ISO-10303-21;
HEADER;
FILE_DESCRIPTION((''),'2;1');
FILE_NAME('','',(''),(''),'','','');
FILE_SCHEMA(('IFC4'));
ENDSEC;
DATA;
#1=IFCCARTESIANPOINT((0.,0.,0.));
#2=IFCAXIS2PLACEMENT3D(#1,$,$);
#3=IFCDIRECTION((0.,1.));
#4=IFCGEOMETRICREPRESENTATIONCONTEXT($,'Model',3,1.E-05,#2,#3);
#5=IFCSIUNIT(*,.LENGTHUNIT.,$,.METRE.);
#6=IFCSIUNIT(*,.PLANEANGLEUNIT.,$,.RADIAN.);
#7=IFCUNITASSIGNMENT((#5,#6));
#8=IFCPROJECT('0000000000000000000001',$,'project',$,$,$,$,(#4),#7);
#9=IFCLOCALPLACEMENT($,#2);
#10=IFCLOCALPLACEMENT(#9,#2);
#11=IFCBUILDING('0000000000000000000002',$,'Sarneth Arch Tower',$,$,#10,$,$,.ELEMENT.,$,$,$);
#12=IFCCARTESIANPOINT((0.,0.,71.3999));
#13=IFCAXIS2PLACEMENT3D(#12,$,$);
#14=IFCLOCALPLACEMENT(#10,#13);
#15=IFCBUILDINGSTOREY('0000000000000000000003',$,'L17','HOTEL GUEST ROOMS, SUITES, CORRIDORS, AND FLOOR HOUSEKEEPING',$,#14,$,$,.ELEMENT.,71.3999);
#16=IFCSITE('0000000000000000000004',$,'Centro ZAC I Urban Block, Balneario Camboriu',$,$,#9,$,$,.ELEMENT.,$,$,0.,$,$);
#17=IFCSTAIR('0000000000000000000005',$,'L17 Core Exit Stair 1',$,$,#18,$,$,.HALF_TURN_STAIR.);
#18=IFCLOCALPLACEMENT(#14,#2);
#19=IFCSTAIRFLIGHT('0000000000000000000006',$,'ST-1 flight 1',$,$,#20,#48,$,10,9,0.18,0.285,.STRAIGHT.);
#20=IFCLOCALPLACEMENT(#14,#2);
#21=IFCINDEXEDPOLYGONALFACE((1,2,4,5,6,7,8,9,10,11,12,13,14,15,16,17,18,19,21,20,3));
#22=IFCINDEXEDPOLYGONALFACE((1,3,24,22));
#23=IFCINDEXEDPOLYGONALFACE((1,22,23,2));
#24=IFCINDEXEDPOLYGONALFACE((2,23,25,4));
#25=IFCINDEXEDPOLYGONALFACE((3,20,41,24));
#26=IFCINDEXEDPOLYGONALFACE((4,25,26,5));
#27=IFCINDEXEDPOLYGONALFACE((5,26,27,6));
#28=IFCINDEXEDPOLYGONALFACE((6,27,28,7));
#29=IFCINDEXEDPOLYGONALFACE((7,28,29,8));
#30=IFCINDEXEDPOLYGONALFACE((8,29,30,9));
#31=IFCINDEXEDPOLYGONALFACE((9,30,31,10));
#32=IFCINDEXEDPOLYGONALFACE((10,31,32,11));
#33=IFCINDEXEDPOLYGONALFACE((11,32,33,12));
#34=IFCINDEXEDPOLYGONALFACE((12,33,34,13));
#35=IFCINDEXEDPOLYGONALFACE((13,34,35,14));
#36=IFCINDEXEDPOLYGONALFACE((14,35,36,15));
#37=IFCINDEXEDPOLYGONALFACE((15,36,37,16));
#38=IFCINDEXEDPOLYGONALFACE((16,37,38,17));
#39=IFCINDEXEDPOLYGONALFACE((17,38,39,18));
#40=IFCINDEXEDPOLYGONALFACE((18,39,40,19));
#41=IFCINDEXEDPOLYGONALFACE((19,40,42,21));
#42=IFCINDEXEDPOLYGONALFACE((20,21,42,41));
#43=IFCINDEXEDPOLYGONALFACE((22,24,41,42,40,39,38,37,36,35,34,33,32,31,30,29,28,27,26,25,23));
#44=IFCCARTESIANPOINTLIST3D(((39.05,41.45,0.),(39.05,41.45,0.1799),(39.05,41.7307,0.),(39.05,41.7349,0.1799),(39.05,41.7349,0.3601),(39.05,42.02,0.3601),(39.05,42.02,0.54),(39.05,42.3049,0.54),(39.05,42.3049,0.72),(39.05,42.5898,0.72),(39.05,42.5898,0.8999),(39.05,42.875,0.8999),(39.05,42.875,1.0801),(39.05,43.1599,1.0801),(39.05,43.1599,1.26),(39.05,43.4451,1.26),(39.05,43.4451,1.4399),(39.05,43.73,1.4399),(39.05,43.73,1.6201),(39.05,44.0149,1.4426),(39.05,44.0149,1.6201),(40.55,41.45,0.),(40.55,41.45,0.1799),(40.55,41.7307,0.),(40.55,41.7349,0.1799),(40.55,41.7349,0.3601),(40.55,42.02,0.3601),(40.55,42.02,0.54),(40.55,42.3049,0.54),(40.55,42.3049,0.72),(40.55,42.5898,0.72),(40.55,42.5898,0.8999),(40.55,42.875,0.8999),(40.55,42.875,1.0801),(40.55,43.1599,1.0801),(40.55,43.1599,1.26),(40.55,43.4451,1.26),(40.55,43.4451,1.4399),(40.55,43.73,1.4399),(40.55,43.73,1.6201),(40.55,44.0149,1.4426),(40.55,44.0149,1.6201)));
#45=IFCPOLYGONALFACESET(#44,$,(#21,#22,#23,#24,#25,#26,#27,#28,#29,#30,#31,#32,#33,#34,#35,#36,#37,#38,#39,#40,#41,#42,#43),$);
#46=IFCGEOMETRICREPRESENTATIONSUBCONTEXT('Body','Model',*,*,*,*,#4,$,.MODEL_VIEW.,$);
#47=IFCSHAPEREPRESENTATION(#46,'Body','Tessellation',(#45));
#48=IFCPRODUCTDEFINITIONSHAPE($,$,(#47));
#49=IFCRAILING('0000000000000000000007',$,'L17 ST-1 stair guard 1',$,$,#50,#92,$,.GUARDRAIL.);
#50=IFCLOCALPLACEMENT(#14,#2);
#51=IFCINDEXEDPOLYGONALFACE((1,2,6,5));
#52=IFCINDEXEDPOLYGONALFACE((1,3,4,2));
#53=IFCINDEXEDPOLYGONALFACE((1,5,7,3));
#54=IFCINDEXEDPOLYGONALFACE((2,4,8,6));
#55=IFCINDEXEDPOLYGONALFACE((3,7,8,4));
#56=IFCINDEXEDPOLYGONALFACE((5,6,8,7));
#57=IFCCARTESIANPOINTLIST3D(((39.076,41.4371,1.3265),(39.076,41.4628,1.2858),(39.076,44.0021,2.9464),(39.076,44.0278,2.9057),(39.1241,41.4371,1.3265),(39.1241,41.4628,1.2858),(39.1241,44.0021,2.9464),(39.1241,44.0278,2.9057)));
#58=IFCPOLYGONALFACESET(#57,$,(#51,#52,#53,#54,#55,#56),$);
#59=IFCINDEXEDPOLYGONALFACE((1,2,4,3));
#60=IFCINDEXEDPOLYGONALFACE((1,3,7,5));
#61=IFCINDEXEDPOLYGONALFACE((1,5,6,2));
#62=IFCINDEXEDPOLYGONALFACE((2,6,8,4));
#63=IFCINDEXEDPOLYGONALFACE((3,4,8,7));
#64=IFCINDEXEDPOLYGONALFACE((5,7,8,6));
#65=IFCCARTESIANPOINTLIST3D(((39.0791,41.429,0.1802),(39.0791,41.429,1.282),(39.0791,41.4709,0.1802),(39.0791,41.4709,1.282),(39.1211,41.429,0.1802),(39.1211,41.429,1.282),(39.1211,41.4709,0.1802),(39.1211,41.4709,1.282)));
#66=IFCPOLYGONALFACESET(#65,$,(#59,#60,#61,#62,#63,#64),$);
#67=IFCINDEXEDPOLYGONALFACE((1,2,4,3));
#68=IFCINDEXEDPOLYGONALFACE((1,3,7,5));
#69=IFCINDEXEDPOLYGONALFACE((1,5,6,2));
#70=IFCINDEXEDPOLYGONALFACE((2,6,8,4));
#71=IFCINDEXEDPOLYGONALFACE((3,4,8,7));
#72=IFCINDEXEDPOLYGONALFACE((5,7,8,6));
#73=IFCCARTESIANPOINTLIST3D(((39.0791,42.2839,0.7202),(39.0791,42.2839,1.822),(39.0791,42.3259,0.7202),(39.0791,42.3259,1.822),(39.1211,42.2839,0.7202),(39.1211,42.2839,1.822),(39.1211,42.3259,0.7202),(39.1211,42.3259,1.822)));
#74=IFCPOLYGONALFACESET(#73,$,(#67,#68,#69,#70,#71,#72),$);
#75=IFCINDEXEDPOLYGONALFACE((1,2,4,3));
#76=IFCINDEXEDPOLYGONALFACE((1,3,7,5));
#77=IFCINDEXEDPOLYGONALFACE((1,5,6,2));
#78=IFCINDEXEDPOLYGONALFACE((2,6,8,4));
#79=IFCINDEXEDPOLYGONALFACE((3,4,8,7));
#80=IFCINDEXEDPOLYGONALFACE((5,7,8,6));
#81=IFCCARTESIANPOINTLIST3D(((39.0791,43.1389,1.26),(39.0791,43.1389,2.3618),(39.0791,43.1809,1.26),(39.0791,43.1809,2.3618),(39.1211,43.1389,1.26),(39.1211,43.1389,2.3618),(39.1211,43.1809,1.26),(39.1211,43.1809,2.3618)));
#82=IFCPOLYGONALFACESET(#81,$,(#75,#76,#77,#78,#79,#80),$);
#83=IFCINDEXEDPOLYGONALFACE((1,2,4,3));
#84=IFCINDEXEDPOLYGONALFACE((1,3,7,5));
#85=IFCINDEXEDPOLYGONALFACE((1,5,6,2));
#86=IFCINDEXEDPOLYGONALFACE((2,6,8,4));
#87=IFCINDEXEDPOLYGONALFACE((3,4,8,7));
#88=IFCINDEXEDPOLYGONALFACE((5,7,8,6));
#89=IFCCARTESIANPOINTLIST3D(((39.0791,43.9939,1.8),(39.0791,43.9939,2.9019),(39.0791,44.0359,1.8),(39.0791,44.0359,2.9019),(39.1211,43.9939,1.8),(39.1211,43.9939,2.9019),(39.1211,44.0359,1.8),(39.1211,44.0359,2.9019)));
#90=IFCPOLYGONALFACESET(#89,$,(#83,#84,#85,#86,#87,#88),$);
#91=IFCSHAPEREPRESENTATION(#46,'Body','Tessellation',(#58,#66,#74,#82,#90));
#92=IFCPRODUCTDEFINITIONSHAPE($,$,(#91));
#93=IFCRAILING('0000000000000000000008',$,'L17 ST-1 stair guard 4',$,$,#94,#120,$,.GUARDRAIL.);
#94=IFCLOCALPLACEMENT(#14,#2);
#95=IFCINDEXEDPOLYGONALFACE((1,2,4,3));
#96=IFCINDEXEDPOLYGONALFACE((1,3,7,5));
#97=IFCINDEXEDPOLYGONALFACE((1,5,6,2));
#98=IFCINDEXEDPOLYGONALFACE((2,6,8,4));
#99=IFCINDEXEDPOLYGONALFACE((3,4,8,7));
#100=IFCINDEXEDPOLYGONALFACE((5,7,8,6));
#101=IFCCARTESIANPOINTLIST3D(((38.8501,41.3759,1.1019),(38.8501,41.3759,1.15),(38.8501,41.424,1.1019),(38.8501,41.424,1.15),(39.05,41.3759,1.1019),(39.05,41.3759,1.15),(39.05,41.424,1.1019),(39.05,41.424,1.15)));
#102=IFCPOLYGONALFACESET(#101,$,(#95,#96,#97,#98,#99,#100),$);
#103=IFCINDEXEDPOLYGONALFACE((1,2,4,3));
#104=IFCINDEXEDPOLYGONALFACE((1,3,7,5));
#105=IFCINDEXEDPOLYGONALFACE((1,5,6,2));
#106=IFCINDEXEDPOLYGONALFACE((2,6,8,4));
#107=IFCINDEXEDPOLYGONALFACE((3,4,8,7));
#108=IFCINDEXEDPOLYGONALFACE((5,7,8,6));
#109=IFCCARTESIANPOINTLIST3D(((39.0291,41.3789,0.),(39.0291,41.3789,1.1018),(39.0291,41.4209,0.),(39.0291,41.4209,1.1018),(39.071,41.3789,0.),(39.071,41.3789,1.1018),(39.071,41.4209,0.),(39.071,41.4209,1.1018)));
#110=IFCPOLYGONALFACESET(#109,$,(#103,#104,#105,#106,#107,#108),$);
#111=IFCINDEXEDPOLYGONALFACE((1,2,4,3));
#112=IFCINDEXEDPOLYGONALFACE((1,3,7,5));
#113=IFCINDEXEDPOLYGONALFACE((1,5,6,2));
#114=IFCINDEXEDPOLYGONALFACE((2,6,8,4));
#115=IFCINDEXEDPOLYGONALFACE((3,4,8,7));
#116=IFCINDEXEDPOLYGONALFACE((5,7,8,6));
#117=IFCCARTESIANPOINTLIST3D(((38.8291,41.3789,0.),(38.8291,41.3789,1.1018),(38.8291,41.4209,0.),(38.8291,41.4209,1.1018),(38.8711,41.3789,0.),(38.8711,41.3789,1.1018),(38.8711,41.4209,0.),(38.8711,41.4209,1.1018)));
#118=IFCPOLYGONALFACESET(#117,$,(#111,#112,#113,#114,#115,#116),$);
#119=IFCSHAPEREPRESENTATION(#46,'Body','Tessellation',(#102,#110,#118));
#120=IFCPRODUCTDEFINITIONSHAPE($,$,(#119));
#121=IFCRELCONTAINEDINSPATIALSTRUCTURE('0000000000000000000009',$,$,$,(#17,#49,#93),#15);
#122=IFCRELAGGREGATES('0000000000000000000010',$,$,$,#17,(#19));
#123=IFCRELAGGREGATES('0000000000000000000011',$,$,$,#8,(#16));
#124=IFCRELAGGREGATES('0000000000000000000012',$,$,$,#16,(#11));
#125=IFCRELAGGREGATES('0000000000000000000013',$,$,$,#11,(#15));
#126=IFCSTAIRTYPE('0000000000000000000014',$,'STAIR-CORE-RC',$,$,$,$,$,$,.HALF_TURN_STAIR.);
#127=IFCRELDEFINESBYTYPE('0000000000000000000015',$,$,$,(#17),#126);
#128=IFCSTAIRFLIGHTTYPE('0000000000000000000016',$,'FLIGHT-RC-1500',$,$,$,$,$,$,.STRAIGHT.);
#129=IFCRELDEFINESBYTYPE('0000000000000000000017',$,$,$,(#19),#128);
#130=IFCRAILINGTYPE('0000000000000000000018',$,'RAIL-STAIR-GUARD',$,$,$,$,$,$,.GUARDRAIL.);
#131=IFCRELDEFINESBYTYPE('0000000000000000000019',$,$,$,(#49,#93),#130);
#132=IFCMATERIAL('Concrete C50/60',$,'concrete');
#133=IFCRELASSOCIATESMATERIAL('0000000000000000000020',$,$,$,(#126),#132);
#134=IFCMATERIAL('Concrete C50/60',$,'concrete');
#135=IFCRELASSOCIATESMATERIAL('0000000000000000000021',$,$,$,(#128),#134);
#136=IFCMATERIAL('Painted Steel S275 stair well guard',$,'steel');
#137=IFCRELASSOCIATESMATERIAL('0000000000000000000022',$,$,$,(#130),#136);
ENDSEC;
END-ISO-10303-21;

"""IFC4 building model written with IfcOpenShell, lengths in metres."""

from ifc_helpers import new_model, si_unit, direction, frame, origin, origin_2d, place, context, subcontext, project, spatial, polyline, rectangle, outline, extrude, material, type_object, element, aggregate, save


model = new_model("IFC4")

# Units and contexts
model_context = context("Model", 3, precision=1e-05, world=origin(), true_north=direction((0.0, 1.0)))
body_context = subcontext(model_context, "Body", "Model", "MODEL_VIEW")
ifc_project = project(units=[si_unit("LENGTHUNIT", "METRE"), si_unit("PLANEANGLEUNIT", "RADIAN")], contexts=[model_context])

# Site, building, storey
site_placement = place(None, origin())
site = spatial("IfcSite", under=ifc_project, at=site_placement, Name="Centro ZAC I Urban Block, Balneario Camboriu", CompositionType="ELEMENT", RefElevation=0.0)
building_placement = place(site_placement, origin())
building = spatial("IfcBuilding", under=site, at=building_placement, Name="Sarneth Arch Tower", CompositionType="ELEMENT")
storey_placement = place(building_placement, frame((0.0, 0.0, 71.3999)))
storey = spatial("IfcBuildingStorey", under=building, at=storey_placement, Name="L17", Description="HOTEL GUEST ROOMS, SUITES, CORRIDORS, AND FLOOR HOUSEKEEPING", CompositionType="ELEMENT", Elevation=71.3999)

# Stair, stair flight
ifc_material_1 = material(Name="Concrete C50/60", Category="concrete")
stair_type = type_object("IfcStairType", Name="STAIR-CORE-RC", PredefinedType="HALF_TURN_STAIR", material=ifc_material_1)
stair_placement = place(storey_placement, origin())
stair = element("IfcStair", 1, at=stair_placement, inside=storey, type_object=stair_type, Name="L17 Core Exit Stair 1", PredefinedType="HALF_TURN_STAIR")
ifc_material_2 = material(Name="Concrete C50/60", Category="concrete")
stair_flight_type = type_object("IfcStairFlightType", Name="FLIGHT-RC-1500", PredefinedType="STRAIGHT", material=ifc_material_2)
stair_flight_placement = place(storey_placement, frame((39.8, 41.45, 0.0), z_axis=(0.0, 0.0, 1.0), x_axis=(0.0, 1.0, 0.0)))
stair_flight = element("IfcStairFlight", 2, at=stair_flight_placement, type_object=stair_flight_type, Name="ST-1 flight 1", NumberOfRisers=10, NumberOfTreads=9, PredefinedType="STRAIGHT", RiserHeight=0.18, TreadLength=0.285, context=body_context, shape_type="SweptSolid", body=[
    extrude(outline(polyline([(0.0, 0.0), (0.0, 0.1799), (0.2849, 0.1799), (0.2849, 0.3601), (0.5701, 0.3601), (0.5701, 0.54), (0.855, 0.54), (0.855, 0.72), (1.1399, 0.72), (1.1399, 0.8999), (1.425, 0.8999), (1.425, 1.0801), (1.71, 1.0801), (1.71, 1.26), (1.9951, 1.26), (1.9951, 1.4399), (2.28, 1.4399), (2.28, 1.6201), (2.5649, 1.6201), (2.5649, 1.8), (2.5649, 1.4426), (0.2808, 0.0), (0.0, 0.0)])), frame((0.0, 0.75, 0.0), z_axis=(0.0, -1.0, 0.0), x_axis=(1.0, 0.0, 0.0)), (0.0, 0.0, 1.0), 1.5),
])
aggregate(stair, [stair_flight])

# Railings
ifc_material_3 = material(Name="Painted Steel S275 stair well guard", Category="steel")
railing_type = type_object("IfcRailingType", Name="RAIL-STAIR-GUARD", PredefinedType="GUARDRAIL", material=ifc_material_3)
railing_1_placement = place(storey_placement, frame((39.1001, 41.45, 0.1802)))
element("IfcRailing", 3, at=railing_1_placement, inside=storey, type_object=railing_type, Name="L17 ST-1 stair guard 1", PredefinedType="GUARDRAIL", context=body_context, shape_type="SweptSolid", body=[
    extrude(rectangle(XDim=0.0481, YDim=0.0481, at=origin_2d()), frame((0.0, 0.0, 1.126), z_axis=(0.0, 0.845502, 0.533972), x_axis=(-1.0, 0.0, 0.0)), (0.0, 0.0, 1.0), 3.0337),
    extrude(rectangle(XDim=0.042, YDim=0.042, at=origin_2d()), origin(), (0.0, 0.0, 1.0), 1.1018),
    extrude(rectangle(XDim=0.042, YDim=0.042, at=origin_2d()), frame((0.0, 0.855, 0.54)), (0.0, 0.0, 1.0), 1.1018),
    extrude(rectangle(XDim=0.042, YDim=0.042, at=origin_2d()), frame((0.0, 1.71, 1.0798)), (0.0, 0.0, 1.0), 1.1018),
    extrude(rectangle(XDim=0.042, YDim=0.042, at=origin_2d()), frame((0.0, 2.5649, 1.6199)), (0.0, 0.0, 1.0), 1.1018),
])
railing_2_placement = place(storey_placement, frame((39.05, 41.3999, 0.0)))
element("IfcRailing", 4, at=railing_2_placement, inside=storey, type_object=railing_type, Name="L17 ST-1 stair guard 4", PredefinedType="GUARDRAIL", context=body_context, shape_type="SweptSolid", body=[
    extrude(rectangle(XDim=0.0481, YDim=0.0481, at=origin_2d()), frame((0.0, 0.0, 1.126), z_axis=(-1.0, 0.0, 0.0), x_axis=(0.0, -1.0, 0.0)), (0.0, 0.0, 1.0), 0.2),
    extrude(rectangle(XDim=0.042, YDim=0.042, at=origin_2d()), origin(), (0.0, 0.0, 1.0), 1.1018),
    extrude(rectangle(XDim=0.042, YDim=0.042, at=origin_2d()), frame((-0.2, 0.0, 0.0)), (0.0, 0.0, 1.0), 1.1018),
])

save(model, "model.ifc")
